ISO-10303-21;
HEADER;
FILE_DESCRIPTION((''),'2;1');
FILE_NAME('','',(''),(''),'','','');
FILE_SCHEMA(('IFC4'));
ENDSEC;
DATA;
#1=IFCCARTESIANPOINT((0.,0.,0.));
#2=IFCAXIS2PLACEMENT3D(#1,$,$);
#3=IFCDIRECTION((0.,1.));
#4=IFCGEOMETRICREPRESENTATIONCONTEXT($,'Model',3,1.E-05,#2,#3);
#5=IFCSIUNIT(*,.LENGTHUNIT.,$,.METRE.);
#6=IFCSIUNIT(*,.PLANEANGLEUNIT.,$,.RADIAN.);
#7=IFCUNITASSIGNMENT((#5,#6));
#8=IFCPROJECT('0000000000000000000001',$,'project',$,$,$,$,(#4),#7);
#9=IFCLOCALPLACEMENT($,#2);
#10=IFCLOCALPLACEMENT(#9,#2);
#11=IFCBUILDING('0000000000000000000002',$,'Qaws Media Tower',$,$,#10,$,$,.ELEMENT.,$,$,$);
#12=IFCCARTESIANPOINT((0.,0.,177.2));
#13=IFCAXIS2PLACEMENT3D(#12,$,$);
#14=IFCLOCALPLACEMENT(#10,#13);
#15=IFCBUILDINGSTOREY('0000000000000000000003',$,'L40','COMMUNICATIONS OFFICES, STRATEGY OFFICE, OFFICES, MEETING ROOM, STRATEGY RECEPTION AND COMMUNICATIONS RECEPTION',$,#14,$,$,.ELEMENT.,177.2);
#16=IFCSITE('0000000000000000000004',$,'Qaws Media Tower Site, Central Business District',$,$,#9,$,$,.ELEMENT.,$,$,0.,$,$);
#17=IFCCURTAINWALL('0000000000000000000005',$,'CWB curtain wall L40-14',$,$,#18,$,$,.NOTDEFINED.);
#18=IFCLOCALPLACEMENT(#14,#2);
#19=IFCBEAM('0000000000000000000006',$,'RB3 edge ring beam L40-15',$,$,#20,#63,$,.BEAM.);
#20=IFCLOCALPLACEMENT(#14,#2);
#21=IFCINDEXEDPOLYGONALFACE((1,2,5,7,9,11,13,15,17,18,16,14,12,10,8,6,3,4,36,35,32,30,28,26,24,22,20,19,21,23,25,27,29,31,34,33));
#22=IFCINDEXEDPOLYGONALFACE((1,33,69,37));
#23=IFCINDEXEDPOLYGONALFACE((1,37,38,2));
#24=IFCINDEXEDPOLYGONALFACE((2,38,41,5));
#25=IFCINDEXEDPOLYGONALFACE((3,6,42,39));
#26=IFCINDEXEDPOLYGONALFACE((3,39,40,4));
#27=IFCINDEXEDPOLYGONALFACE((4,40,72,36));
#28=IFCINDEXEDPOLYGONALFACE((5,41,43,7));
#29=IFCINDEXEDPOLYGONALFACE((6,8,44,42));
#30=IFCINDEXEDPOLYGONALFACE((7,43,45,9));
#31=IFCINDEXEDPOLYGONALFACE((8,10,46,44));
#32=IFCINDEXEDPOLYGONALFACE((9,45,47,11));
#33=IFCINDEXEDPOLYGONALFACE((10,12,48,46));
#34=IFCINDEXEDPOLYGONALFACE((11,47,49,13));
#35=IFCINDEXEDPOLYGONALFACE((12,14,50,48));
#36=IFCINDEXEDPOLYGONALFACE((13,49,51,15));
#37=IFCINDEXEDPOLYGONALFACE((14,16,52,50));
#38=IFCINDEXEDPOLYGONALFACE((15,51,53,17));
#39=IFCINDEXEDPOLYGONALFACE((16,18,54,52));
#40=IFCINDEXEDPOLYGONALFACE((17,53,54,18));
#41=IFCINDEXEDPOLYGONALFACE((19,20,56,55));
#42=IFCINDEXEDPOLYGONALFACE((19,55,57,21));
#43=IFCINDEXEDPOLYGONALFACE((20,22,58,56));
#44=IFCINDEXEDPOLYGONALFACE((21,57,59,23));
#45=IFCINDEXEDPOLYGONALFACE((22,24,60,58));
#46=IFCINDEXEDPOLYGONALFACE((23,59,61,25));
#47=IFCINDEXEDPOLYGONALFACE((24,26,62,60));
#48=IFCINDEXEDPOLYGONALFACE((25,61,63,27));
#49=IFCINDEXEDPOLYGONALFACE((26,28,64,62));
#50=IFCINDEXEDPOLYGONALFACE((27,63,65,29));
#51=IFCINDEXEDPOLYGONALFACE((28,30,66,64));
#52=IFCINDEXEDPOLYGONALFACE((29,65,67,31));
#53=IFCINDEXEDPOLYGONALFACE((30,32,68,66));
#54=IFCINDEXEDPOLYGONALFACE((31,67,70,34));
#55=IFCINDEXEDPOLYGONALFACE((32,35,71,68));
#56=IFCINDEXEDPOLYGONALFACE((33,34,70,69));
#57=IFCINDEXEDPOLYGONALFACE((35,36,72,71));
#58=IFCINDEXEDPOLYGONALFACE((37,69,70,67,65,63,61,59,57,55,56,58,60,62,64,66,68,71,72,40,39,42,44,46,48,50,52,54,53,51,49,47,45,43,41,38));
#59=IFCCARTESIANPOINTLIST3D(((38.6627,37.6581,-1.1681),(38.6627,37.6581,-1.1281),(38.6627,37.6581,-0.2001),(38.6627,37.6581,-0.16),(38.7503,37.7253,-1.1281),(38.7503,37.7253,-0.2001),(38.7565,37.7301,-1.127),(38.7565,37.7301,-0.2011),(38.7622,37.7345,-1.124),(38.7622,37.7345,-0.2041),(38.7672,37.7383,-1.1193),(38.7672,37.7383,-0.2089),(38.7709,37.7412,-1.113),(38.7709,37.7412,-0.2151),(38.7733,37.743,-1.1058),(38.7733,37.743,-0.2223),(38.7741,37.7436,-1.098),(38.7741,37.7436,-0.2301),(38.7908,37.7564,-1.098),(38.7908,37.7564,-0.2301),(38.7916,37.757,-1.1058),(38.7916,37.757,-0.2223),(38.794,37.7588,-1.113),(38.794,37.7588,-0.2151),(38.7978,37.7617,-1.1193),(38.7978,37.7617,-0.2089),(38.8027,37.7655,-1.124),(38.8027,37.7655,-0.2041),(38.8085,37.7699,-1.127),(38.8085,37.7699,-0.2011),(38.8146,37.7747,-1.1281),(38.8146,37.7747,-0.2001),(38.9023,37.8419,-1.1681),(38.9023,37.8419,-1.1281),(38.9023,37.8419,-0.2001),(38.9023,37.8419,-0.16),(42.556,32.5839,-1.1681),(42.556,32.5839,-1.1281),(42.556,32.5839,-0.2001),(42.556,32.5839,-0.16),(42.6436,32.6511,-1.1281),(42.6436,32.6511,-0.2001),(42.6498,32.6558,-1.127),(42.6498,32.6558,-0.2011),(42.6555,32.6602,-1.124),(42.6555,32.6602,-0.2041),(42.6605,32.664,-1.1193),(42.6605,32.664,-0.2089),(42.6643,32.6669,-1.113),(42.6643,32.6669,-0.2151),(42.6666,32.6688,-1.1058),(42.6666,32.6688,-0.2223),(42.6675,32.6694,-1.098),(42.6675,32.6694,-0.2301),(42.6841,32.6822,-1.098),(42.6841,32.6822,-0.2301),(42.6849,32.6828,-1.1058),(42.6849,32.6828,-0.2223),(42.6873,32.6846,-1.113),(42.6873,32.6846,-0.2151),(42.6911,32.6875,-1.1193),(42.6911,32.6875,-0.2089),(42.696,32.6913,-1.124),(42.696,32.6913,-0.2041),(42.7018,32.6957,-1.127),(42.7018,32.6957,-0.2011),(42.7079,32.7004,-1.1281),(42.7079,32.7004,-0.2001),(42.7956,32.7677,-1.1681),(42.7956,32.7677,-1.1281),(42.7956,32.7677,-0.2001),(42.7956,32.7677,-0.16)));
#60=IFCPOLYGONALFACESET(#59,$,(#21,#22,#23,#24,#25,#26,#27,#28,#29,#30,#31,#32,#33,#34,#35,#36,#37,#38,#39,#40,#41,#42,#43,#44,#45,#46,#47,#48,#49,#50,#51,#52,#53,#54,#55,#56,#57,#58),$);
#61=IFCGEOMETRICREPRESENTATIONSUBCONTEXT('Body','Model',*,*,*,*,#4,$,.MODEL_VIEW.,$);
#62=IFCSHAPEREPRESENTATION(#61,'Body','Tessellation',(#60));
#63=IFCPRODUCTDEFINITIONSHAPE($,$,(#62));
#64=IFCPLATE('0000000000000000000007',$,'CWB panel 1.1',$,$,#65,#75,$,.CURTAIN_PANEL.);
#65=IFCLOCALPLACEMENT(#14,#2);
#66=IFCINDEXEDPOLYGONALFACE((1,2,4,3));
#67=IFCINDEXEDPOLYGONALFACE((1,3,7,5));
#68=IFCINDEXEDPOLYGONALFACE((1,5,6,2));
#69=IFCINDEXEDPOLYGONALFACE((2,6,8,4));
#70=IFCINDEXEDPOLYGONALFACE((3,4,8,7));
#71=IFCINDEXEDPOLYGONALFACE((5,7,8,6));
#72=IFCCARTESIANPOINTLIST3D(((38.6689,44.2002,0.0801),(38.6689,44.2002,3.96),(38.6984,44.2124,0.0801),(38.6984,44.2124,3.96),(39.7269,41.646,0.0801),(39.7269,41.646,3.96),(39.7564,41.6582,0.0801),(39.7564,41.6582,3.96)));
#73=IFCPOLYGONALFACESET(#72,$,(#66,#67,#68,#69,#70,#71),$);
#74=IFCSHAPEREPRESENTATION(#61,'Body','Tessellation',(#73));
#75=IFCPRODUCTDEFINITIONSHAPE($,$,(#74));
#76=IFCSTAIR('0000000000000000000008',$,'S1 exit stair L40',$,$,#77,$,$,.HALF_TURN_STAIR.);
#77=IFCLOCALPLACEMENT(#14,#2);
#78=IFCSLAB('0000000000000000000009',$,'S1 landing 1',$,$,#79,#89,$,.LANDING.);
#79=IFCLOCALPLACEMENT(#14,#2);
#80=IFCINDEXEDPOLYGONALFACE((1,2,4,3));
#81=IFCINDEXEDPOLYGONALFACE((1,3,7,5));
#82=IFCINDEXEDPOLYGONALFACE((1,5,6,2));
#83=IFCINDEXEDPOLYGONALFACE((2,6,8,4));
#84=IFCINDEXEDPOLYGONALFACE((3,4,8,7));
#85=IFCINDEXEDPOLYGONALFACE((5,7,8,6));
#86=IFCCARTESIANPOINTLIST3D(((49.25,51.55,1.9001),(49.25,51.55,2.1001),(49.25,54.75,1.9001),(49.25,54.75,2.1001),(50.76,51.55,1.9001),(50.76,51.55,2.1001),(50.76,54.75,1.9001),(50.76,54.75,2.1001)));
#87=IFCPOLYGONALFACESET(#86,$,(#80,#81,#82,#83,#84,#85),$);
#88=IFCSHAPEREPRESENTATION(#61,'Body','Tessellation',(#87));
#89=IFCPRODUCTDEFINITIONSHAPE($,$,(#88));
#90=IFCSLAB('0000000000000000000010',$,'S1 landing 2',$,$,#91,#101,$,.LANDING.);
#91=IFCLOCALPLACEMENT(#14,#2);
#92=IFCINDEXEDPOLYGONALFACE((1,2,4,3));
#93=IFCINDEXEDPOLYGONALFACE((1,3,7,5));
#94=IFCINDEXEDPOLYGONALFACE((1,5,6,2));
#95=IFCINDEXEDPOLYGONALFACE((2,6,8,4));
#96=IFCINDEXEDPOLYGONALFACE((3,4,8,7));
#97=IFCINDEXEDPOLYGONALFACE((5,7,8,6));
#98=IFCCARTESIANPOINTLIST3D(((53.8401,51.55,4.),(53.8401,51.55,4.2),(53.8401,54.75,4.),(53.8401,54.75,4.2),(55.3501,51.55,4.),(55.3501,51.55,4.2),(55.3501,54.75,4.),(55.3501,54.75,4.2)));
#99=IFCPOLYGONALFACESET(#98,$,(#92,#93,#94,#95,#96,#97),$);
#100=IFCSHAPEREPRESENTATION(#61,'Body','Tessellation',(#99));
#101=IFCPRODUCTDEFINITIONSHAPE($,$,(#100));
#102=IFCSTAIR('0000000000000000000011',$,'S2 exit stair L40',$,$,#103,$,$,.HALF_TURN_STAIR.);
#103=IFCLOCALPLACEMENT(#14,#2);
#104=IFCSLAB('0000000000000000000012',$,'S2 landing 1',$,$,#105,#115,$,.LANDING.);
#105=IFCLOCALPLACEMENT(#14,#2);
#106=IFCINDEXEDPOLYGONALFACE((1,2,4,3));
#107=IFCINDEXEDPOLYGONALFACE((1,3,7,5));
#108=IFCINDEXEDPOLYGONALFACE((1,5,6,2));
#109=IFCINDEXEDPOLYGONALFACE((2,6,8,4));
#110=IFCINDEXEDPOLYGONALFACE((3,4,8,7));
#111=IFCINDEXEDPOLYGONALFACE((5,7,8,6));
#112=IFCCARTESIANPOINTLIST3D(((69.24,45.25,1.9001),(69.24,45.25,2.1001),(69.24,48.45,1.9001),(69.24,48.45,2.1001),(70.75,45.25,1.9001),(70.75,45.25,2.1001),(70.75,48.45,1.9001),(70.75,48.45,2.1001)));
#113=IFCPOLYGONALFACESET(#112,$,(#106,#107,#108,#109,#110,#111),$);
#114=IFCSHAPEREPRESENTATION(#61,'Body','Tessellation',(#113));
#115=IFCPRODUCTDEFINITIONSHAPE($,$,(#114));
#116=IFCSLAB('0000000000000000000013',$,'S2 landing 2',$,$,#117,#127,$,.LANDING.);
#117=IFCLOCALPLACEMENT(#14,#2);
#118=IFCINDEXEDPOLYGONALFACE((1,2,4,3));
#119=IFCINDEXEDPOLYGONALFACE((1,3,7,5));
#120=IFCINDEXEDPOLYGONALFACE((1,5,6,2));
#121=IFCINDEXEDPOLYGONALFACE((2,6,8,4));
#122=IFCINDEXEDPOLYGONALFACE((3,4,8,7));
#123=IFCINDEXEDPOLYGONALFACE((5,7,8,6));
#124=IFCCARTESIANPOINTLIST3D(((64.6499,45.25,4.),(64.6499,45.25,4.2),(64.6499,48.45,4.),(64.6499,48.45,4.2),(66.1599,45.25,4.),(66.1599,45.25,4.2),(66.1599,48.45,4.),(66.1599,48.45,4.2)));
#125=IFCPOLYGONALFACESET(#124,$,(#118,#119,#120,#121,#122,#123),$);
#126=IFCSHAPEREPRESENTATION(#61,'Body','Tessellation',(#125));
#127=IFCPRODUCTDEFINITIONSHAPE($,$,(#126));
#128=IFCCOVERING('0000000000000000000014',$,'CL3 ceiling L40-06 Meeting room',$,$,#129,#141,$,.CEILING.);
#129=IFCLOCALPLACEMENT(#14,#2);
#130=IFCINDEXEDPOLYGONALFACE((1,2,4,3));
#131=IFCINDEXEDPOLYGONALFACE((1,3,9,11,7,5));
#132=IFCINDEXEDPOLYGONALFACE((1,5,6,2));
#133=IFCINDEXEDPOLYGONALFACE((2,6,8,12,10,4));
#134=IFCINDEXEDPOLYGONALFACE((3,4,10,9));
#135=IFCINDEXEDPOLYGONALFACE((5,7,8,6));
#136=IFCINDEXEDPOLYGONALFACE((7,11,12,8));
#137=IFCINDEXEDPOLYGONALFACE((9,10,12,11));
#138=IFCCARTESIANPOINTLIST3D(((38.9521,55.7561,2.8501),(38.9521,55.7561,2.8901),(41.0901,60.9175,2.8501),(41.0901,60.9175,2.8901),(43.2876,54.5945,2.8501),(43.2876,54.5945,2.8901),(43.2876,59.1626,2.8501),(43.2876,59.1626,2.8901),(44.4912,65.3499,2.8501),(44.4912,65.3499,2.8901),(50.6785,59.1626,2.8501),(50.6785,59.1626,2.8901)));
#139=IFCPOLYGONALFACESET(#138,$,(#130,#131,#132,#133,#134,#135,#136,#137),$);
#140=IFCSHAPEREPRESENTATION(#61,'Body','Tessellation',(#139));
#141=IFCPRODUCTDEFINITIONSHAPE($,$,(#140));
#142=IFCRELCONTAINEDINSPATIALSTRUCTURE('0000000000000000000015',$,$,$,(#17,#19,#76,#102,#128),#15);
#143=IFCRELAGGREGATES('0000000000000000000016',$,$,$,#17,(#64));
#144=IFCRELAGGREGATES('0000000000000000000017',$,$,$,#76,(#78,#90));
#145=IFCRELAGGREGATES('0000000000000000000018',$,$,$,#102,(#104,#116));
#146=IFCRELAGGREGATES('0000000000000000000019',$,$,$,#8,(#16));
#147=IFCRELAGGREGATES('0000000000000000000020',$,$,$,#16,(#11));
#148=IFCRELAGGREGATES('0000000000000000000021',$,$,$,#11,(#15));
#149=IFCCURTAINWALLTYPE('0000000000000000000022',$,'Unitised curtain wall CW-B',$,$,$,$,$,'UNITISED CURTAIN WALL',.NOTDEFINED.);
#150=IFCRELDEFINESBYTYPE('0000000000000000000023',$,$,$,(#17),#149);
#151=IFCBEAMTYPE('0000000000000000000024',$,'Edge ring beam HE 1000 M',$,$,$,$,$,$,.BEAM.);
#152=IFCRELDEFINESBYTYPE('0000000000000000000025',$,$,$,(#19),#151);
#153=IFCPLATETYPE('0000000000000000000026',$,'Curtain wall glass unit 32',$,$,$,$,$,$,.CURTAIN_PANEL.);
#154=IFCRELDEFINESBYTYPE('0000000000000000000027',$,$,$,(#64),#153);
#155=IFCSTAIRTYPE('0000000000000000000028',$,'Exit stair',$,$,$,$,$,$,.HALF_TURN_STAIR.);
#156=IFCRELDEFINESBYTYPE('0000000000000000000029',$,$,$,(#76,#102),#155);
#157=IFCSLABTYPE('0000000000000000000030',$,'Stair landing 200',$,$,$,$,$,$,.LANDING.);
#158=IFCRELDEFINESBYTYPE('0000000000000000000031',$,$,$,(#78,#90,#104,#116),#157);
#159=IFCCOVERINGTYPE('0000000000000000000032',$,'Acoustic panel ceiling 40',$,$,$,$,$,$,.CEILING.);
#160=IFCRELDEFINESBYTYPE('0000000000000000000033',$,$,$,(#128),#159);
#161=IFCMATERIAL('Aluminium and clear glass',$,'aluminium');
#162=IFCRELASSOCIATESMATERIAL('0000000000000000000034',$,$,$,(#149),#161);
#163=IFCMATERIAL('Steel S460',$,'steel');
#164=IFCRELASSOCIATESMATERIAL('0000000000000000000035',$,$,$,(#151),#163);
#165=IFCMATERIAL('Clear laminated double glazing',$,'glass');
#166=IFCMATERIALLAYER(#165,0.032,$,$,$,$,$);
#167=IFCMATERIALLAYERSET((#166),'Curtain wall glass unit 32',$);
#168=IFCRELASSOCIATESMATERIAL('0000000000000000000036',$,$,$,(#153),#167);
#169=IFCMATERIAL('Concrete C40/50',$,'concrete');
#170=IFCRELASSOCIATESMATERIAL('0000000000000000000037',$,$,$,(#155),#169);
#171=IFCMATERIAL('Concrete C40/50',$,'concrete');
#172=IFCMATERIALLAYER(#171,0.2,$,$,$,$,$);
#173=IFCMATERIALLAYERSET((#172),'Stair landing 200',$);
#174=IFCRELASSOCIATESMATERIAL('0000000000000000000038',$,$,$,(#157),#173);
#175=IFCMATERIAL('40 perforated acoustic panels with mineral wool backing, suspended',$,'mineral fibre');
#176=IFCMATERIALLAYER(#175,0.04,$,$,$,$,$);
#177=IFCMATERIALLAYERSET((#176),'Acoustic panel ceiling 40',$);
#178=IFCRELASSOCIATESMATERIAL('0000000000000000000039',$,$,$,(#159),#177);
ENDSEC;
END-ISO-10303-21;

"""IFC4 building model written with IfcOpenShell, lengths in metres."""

from ifc_helpers import new_model, si_unit, direction, frame, origin, origin_2d, place, context, subcontext, project, spatial, polyline, rectangle, i_section, outline, extrude, material, layer, layer_set, material_profile, profile_set, type_object, element, aggregate, save


model = new_model("IFC4")

# Units and contexts
model_context = context("Model", 3, precision=1e-05, world=origin(), true_north=direction((0.0, 1.0)))
body_context = subcontext(model_context, "Body", "Model", "MODEL_VIEW")
ifc_project = project(units=[si_unit("LENGTHUNIT", "METRE"), si_unit("PLANEANGLEUNIT", "RADIAN")], contexts=[model_context])

# Site, building, storey
site_placement = place(None, origin())
site = spatial("IfcSite", under=ifc_project, at=site_placement, Name="Qaws Media Tower Site, Central Business District", CompositionType="ELEMENT", RefElevation=0.0)
building_placement = place(site_placement, origin())
building = spatial("IfcBuilding", under=site, at=building_placement, Name="Qaws Media Tower", CompositionType="ELEMENT")
storey_placement = place(building_placement, frame((0.0, 0.0, 177.2)))
storey = spatial("IfcBuildingStorey", under=building, at=storey_placement, Name="L40", Description="COMMUNICATIONS OFFICES, STRATEGY OFFICE, OFFICES, MEETING ROOM, STRATEGY RECEPTION AND COMMUNICATIONS RECEPTION", CompositionType="ELEMENT", Elevation=177.2)

# Curtain wall
ifc_material_1 = material(Name="Aluminium and clear glass", Category="aluminium")
curtain_wall_type = type_object("IfcCurtainWallType", Name="Unitised curtain wall CW-B", ElementType="UNITISED CURTAIN WALL", PredefinedType="NOTDEFINED", material=ifc_material_1)
curtain_wall_placement = place(storey_placement, origin())
curtain_wall = element("IfcCurtainWall", 1, at=curtain_wall_placement, inside=storey, type_object=curtain_wall_type, Name="CWB curtain wall L40-14", PredefinedType="NOTDEFINED")

# Beam
ifc_material_2 = material(Name="Steel S460", Category="steel")
ifc_material_profile_1 = material_profile(ifc_material_2, i_section(OverallWidth=0.302, OverallDepth=1.0081, WebThickness=0.021, FlangeThickness=0.04, FilletRadius=0.03, at=origin_2d()), Name="HE 1000 M")
ifc_profile_set_1 = profile_set([ifc_material_profile_1], Name="Steel S460")
beam_type = type_object("IfcBeamType", Name="Edge ring beam HE 1000 M", PredefinedType="BEAM", material=ifc_profile_set_1)
beam_placement = place(storey_placement, frame((38.7825, 37.75, -0.6641), z_axis=(0.608734, -0.793374, 0.0), x_axis=(0.793374, 0.608734, 0.0)))
element("IfcBeam", 2, at=beam_placement, inside=storey, type_object=beam_type, Name="RB3 edge ring beam L40-15", PredefinedType="BEAM", context=body_context, shape_type="SweptSolid", body=[
    extrude(i_section(OverallWidth=0.302, OverallDepth=1.0081, WebThickness=0.021, FlangeThickness=0.04, FilletRadius=0.03, at=origin_2d()), origin(), (0.0, 0.0, 1.0), 6.3958),
])

# Plate
ifc_material_3 = material(Name="Clear laminated double glazing", Category="glass")
ifc_layer_1 = layer(ifc_material_3, 0.032)
ifc_layer_set_1 = layer_set([ifc_layer_1], Name="Curtain wall glass unit 32")
plate_type = type_object("IfcPlateType", Name="Curtain wall glass unit 32", PredefinedType="CURTAIN_PANEL", material=ifc_layer_set_1)
plate_placement = place(storey_placement, frame((39.2126, 42.9292, 0.0801), z_axis=(0.0, 0.0, 1.0), x_axis=(0.382684, -0.923879, 0.0)))
plate = element("IfcPlate", 3, at=plate_placement, type_object=plate_type, Name="CWB panel 1.1", PredefinedType="CURTAIN_PANEL", context=body_context, shape_type="SweptSolid", body=[
    extrude(rectangle(XDim=2.7646, YDim=0.032, at=origin_2d()), origin(), (0.0, 0.0, 1.0), 3.8799),
])
aggregate(curtain_wall, [plate])

# Stairs, slabs
ifc_material_4 = material(Name="Concrete C40/50", Category="concrete")
stair_type = type_object("IfcStairType", Name="Exit stair", PredefinedType="HALF_TURN_STAIR", material=ifc_material_4)
stair_1_placement = place(storey_placement, origin())
stair_1 = element("IfcStair", 4, at=stair_1_placement, inside=storey, type_object=stair_type, Name="S1 exit stair L40", PredefinedType="HALF_TURN_STAIR")
ifc_material_5 = material(Name="Concrete C40/50", Category="concrete")
ifc_layer_2 = layer(ifc_material_5, 0.2)
ifc_layer_set_2 = layer_set([ifc_layer_2], Name="Stair landing 200")
slab_type = type_object("IfcSlabType", Name="Stair landing 200", PredefinedType="LANDING", material=ifc_layer_set_2)
slab_1_placement = place(storey_placement, frame((0.0, 0.0, 1.9001)))
slab_1 = element("IfcSlab", 5, at=slab_1_placement, type_object=slab_type, Name="S1 landing 1", PredefinedType="LANDING", context=body_context, shape_type="SweptSolid", body=[
    extrude(outline(polyline([(49.25, 51.55), (50.76, 51.55), (50.76, 54.75), (49.25, 54.75), (49.25, 51.55)])), origin(), (0.0, 0.0, 1.0), 0.2),
])
slab_2_placement = place(storey_placement, frame((0.0, 0.0, 4.0)))
slab_2 = element("IfcSlab", 6, at=slab_2_placement, type_object=slab_type, Name="S1 landing 2", PredefinedType="LANDING", context=body_context, shape_type="SweptSolid", body=[
    extrude(outline(polyline([(53.8401, 51.55), (55.3501, 51.55), (55.3501, 54.75), (53.8401, 54.75), (53.8401, 51.55)])), origin(), (0.0, 0.0, 1.0), 0.2),
])
aggregate(stair_1, [slab_1, slab_2])
stair_2_placement = place(storey_placement, origin())
stair_2 = element("IfcStair", 7, at=stair_2_placement, inside=storey, type_object=stair_type, Name="S2 exit stair L40", PredefinedType="HALF_TURN_STAIR")
slab_3_placement = place(storey_placement, frame((0.0, 0.0, 1.9001)))
slab_3 = element("IfcSlab", 8, at=slab_3_placement, type_object=slab_type, Name="S2 landing 1", PredefinedType="LANDING", context=body_context, shape_type="SweptSolid", body=[
    extrude(outline(polyline([(69.24, 45.25), (70.75, 45.25), (70.75, 48.45), (69.24, 48.45), (69.24, 45.25)])), origin(), (0.0, 0.0, 1.0), 0.2),
])
slab_4_placement = place(storey_placement, frame((0.0, 0.0, 4.0)))
slab_4 = element("IfcSlab", 9, at=slab_4_placement, type_object=slab_type, Name="S2 landing 2", PredefinedType="LANDING", context=body_context, shape_type="SweptSolid", body=[
    extrude(outline(polyline([(64.6499, 45.25), (66.1599, 45.25), (66.1599, 48.45), (64.6499, 48.45), (64.6499, 45.25)])), origin(), (0.0, 0.0, 1.0), 0.2),
])
aggregate(stair_2, [slab_3, slab_4])

# Covering
ifc_material_6 = material(Name="40 perforated acoustic panels with mineral wool backing, suspended", Category="mineral fibre")
ifc_layer_3 = layer(ifc_material_6, 0.04)
ifc_layer_set_3 = layer_set([ifc_layer_3], Name="Acoustic panel ceiling 40")
covering_type_1 = type_object("IfcCoveringType", Name="Acoustic panel ceiling 40", PredefinedType="CEILING", material=ifc_layer_set_3)
covering_1_placement = place(storey_placement, frame((0.0, 0.0, 2.8501)))
element("IfcCovering", 10, at=covering_1_placement, inside=storey, type_object=covering_type_1, Name="CL3 ceiling L40-06 Meeting room", PredefinedType="CEILING", context=body_context, shape_type="SweptSolid", body=[
    extrude(outline(polyline([(41.0901, 60.9175), (44.4912, 65.3499), (50.6785, 59.1626), (43.2876, 59.1626), (43.2876, 54.5945), (38.9521, 55.7561), (41.0901, 60.9175)])), origin(), (0.0, 0.0, 1.0), 0.04),
])

save(model, "model.ifc")
